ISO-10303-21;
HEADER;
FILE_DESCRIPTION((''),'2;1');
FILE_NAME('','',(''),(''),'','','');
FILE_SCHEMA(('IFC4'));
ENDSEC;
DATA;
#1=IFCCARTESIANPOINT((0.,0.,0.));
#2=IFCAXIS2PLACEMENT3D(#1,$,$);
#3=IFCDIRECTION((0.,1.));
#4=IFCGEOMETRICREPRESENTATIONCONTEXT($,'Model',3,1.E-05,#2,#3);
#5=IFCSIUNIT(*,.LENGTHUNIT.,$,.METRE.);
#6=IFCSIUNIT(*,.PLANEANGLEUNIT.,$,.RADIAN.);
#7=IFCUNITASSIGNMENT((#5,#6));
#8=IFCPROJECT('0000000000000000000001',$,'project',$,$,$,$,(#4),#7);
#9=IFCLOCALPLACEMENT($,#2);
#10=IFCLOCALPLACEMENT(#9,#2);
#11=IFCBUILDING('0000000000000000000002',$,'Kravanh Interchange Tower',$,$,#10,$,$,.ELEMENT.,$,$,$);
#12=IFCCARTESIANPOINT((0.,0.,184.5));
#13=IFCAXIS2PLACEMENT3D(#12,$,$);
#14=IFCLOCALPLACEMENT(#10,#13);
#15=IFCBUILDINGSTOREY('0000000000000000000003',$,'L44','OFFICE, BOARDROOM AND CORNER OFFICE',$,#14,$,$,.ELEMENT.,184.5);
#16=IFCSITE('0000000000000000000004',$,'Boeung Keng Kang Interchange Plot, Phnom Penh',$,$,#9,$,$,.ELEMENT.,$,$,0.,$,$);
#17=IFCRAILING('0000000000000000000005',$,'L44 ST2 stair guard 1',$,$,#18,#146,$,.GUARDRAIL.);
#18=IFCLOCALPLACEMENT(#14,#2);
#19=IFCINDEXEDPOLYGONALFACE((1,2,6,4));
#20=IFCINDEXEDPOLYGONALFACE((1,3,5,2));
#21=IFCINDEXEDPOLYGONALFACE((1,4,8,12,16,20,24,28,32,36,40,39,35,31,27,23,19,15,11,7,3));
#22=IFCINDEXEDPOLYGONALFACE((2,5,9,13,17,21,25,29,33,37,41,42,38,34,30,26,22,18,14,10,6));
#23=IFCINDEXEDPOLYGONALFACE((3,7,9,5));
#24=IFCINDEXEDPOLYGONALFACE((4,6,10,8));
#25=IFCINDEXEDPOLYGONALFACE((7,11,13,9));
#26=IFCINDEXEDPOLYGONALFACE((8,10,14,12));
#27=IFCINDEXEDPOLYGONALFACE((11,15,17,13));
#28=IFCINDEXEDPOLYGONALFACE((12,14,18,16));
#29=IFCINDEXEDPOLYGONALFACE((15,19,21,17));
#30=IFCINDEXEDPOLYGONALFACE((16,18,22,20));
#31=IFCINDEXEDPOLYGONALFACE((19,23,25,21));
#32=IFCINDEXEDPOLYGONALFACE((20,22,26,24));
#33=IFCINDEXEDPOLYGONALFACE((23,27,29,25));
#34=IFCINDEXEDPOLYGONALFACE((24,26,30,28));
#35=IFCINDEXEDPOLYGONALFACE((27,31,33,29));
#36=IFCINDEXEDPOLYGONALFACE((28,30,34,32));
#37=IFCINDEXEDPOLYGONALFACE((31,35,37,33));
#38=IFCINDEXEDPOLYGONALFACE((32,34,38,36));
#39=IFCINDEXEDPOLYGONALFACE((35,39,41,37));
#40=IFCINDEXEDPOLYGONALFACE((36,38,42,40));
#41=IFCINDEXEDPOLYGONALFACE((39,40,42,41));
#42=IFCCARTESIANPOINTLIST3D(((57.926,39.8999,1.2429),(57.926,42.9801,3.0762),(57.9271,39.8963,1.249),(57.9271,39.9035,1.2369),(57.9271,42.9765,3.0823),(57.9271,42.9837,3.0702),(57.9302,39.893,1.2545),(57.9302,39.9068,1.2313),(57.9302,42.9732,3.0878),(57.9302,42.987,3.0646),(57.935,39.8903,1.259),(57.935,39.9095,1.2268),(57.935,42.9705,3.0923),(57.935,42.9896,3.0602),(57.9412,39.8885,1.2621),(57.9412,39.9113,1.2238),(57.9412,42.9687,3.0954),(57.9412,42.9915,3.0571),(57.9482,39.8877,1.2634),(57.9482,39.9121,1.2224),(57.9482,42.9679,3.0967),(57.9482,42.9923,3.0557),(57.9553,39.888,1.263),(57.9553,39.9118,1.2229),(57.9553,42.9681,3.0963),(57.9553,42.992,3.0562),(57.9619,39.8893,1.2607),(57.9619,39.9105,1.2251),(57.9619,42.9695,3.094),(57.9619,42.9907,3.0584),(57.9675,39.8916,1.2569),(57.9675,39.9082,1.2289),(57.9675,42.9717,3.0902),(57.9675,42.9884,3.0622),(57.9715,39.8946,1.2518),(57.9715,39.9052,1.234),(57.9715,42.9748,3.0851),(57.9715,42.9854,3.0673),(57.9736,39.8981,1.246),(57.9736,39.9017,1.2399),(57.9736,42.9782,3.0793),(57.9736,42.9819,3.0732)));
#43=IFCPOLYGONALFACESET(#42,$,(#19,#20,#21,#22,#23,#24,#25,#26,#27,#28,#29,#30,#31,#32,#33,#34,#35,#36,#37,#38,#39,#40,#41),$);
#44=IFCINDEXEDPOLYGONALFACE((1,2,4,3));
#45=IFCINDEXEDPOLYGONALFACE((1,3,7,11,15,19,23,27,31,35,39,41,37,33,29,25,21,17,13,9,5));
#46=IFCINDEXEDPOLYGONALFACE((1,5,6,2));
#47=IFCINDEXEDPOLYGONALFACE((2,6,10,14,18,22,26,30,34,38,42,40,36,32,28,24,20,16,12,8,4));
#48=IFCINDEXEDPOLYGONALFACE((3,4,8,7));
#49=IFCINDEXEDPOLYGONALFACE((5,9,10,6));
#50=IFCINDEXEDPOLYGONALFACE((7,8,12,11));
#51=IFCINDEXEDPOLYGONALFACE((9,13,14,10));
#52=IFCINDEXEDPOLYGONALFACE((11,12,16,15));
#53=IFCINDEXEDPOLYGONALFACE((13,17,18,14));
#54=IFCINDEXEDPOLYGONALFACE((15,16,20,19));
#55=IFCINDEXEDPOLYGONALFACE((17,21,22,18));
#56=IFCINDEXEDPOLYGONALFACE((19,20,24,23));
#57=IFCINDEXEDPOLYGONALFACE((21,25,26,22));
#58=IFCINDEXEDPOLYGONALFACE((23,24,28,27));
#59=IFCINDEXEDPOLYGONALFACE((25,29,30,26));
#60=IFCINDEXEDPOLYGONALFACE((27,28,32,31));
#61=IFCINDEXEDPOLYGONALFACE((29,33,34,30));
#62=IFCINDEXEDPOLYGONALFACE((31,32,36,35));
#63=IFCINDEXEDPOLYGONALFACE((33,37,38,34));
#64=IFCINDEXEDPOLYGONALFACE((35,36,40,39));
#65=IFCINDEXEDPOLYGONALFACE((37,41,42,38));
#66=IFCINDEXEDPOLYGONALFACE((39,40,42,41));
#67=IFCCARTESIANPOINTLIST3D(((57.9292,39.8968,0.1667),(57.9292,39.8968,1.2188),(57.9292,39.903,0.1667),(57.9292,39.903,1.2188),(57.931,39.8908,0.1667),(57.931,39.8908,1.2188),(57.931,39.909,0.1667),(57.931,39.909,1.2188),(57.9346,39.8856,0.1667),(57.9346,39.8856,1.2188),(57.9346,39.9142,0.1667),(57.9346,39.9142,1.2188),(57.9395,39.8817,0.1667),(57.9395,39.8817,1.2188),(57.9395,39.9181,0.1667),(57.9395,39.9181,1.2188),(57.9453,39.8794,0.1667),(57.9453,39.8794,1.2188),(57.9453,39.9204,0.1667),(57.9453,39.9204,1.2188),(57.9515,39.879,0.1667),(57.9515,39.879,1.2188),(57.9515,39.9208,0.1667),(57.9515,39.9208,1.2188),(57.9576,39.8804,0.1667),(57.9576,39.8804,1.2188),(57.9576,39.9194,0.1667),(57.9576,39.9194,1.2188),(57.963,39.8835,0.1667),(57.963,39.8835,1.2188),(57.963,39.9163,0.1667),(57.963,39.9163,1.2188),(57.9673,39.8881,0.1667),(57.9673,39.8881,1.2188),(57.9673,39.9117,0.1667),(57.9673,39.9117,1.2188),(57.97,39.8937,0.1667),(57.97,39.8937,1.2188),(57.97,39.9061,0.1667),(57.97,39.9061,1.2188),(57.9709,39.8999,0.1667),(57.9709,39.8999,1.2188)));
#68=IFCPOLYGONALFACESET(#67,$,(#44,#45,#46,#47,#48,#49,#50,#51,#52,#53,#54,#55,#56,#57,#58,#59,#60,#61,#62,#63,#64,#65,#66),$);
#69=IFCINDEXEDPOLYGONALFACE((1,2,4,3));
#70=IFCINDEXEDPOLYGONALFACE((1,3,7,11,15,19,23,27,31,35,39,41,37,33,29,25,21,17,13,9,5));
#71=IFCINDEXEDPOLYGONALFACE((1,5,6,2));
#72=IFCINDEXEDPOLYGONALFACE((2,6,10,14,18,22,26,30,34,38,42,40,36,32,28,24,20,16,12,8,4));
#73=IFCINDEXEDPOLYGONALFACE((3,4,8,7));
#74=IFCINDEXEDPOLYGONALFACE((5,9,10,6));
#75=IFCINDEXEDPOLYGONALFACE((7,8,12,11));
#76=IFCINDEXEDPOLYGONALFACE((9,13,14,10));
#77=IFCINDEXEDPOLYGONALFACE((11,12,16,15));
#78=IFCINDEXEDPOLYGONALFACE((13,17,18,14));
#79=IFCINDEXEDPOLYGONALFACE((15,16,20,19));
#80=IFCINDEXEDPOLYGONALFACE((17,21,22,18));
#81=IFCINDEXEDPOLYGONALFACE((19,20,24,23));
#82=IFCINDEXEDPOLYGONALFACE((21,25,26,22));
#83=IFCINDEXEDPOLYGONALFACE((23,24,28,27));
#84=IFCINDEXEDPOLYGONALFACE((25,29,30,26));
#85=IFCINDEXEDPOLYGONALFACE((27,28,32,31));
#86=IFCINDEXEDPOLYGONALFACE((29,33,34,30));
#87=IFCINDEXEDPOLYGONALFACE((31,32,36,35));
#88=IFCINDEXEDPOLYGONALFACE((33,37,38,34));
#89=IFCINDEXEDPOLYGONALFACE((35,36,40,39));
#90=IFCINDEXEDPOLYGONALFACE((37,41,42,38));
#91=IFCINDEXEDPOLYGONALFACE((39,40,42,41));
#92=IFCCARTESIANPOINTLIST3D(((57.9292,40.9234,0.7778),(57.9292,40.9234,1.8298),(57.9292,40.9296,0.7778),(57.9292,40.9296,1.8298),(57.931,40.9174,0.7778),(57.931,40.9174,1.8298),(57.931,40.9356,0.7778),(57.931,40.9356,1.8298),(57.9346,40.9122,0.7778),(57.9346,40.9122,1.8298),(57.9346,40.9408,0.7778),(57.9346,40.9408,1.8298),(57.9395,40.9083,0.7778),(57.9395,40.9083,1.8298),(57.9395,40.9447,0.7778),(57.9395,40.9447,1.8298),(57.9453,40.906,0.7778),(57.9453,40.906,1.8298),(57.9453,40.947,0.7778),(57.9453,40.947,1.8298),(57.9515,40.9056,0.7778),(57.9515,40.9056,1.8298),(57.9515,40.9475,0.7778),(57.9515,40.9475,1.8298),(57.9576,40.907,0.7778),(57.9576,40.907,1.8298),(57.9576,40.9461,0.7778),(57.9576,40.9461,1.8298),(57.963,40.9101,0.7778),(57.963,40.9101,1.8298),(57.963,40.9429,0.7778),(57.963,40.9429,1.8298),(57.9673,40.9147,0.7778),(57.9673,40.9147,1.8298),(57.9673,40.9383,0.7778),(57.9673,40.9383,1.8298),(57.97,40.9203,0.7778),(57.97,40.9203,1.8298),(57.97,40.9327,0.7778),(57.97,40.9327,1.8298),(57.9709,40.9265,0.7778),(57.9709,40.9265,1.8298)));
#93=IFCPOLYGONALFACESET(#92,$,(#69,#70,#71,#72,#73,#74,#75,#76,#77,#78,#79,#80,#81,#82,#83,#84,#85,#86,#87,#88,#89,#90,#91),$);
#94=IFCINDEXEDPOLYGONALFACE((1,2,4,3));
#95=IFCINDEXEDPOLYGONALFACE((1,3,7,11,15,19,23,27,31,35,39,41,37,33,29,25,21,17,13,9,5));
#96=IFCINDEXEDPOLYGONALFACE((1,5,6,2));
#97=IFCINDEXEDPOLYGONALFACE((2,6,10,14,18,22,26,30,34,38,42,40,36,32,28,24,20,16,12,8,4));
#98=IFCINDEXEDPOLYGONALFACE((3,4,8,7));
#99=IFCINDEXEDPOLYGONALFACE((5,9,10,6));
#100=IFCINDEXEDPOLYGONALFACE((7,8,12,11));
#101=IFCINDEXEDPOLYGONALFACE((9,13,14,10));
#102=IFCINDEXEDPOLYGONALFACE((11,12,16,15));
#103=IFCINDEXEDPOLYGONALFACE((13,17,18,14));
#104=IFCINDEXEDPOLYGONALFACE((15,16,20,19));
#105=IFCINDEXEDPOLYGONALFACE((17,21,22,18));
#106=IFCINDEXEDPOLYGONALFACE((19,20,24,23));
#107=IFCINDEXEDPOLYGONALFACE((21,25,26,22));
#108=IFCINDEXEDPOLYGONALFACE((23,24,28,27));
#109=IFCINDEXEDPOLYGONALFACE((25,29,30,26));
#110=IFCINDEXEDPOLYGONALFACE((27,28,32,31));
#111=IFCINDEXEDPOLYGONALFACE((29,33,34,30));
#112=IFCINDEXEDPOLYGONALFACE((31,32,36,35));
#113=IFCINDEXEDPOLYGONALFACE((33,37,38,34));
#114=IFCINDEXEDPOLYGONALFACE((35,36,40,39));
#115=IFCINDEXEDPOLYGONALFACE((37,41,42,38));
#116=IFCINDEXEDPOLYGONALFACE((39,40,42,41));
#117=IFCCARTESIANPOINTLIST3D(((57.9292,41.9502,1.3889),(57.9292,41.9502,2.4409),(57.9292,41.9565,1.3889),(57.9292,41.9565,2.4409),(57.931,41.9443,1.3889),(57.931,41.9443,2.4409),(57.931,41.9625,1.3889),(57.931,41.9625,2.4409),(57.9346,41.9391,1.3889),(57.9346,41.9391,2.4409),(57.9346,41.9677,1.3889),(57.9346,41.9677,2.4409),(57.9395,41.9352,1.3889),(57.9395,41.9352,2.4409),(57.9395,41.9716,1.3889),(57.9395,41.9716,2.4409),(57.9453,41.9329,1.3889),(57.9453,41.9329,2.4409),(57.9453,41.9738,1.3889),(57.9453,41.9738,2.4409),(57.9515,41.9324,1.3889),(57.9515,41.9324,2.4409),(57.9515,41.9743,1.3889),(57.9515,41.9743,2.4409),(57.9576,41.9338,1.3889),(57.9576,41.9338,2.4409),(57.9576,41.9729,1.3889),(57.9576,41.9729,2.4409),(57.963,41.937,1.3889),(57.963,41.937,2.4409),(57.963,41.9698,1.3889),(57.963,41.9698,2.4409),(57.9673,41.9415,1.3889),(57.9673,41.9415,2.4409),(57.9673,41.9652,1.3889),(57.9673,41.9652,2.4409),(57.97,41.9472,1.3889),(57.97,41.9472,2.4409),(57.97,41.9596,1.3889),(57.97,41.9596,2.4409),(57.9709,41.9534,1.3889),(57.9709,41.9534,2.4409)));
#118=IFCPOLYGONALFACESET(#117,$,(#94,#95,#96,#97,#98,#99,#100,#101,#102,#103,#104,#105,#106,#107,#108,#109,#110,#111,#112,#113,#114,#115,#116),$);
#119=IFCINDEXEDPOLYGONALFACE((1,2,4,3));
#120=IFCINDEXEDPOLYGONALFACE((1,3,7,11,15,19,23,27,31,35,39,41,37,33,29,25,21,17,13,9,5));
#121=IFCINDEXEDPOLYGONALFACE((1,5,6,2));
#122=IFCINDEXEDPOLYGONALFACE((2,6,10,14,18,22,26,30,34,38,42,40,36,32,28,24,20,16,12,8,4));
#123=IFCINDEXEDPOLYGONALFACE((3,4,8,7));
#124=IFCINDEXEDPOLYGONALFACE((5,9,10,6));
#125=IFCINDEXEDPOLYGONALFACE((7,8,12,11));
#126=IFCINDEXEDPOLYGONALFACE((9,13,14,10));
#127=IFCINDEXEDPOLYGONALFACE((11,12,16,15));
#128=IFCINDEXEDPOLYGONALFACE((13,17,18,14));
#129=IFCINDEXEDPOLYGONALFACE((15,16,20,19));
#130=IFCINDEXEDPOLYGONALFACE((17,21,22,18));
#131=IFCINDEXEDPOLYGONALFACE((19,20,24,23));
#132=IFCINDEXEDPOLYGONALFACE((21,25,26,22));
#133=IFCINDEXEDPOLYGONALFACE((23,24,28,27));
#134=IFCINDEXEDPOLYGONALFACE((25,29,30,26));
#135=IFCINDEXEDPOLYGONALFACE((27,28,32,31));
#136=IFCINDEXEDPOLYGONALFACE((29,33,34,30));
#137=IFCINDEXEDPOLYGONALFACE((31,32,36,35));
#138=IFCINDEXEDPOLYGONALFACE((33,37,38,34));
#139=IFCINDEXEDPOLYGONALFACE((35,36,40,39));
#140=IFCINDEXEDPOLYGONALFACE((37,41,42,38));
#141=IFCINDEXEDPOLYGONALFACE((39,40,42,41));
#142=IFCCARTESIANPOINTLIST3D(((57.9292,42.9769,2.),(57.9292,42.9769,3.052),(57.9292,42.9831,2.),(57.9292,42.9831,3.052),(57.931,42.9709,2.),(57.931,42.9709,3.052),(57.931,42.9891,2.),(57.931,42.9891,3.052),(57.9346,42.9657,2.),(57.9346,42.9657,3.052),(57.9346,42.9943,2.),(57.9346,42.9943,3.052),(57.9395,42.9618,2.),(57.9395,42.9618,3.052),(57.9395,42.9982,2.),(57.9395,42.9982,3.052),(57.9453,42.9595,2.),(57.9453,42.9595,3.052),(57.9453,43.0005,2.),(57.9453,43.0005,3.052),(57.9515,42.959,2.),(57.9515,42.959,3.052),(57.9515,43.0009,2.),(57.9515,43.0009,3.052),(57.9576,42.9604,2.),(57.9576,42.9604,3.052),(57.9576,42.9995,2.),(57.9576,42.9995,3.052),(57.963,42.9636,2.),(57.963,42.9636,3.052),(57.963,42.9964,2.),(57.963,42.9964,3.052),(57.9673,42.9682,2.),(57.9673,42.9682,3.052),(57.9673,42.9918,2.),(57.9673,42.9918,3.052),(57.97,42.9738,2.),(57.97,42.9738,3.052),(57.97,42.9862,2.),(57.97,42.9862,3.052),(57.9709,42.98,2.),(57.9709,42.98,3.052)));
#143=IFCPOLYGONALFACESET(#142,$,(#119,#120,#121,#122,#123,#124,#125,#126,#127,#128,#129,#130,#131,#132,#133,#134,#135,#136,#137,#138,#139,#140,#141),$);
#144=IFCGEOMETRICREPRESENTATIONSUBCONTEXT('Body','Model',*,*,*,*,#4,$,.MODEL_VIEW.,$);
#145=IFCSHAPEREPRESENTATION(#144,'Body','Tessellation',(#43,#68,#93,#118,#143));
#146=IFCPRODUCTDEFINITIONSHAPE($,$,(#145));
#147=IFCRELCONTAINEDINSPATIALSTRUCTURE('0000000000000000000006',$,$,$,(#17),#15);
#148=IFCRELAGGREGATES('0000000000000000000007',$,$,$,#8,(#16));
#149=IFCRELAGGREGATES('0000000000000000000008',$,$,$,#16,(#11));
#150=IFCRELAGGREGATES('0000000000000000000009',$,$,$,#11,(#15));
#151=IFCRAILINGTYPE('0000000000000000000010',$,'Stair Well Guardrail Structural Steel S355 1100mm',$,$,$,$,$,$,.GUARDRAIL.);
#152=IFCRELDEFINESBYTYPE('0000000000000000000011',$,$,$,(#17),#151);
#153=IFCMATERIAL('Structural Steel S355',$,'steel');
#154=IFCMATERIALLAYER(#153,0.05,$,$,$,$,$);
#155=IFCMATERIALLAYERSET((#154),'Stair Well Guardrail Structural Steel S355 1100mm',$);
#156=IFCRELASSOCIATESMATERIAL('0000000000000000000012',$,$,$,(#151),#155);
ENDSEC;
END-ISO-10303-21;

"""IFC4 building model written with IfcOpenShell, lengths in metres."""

from ifc_helpers import new_model, si_unit, direction, frame, origin, origin_2d, place, context, subcontext, project, spatial, circle, extrude, material, layer, layer_set, type_object, element, save


model = new_model("IFC4")

# Units and contexts
model_context = context("Model", 3, precision=1e-05, world=origin(), true_north=direction((0.0, 1.0)))
body_context = subcontext(model_context, "Body", "Model", "MODEL_VIEW")
ifc_project = project(units=[si_unit("LENGTHUNIT", "METRE"), si_unit("PLANEANGLEUNIT", "RADIAN")], contexts=[model_context])

# Site, building, storey
site_placement = place(None, origin())
site = spatial("IfcSite", under=ifc_project, at=site_placement, Name="Boeung Keng Kang Interchange Plot, Phnom Penh", CompositionType="ELEMENT", RefElevation=0.0)
building_placement = place(site_placement, origin())
building = spatial("IfcBuilding", under=site, at=building_placement, Name="Kravanh Interchange Tower", CompositionType="ELEMENT")
storey_placement = place(building_placement, frame((0.0, 0.0, 184.5)))
storey = spatial("IfcBuildingStorey", under=building, at=storey_placement, Name="L44", Description="OFFICE, BOARDROOM AND CORNER OFFICE", CompositionType="ELEMENT", Elevation=184.5)

# Railing
ifc_material_1 = material(Name="Structural Steel S355", Category="steel")
ifc_layer_1 = layer(ifc_material_1, 0.05)
ifc_layer_set_1 = layer_set([ifc_layer_1], Name="Stair Well Guardrail Structural Steel S355 1100mm")
railing_type_1 = type_object("IfcRailingType", Name="Stair Well Guardrail Structural Steel S355 1100mm", PredefinedType="GUARDRAIL", material=ifc_layer_set_1)
railing_1_placement = place(storey_placement, frame((57.95, 39.8999, 0.1667)))
element("IfcRailing", 1, at=railing_1_placement, inside=storey, type_object=railing_type_1, Name="L44 ST2 stair guard 1", PredefinedType="GUARDRAIL", context=body_context, shape_type="SweptSolid", body=[
    extrude(circle(Radius=0.0239, at=origin_2d()), frame((0.0, 0.0, 1.0762), z_axis=(0.0, 0.859309, 0.511458), x_axis=(-1.0, 0.0, 0.0)), (0.0, 0.0, 1.0), 3.5845),
    extrude(circle(Radius=0.021, at=origin_2d()), origin(), (0.0, 0.0, 1.0), 1.052),
    extrude(circle(Radius=0.021, at=origin_2d()), frame((0.0, 1.0266, 0.6111)), (0.0, 0.0, 1.0), 1.052),
    extrude(circle(Radius=0.021, at=origin_2d()), frame((0.0, 2.0535, 1.2222)), (0.0, 0.0, 1.0), 1.052),
    extrude(circle(Radius=0.021, at=origin_2d()), frame((0.0, 3.0801, 1.8333)), (0.0, 0.0, 1.0), 1.052),
])

save(model, "model.ifc")
